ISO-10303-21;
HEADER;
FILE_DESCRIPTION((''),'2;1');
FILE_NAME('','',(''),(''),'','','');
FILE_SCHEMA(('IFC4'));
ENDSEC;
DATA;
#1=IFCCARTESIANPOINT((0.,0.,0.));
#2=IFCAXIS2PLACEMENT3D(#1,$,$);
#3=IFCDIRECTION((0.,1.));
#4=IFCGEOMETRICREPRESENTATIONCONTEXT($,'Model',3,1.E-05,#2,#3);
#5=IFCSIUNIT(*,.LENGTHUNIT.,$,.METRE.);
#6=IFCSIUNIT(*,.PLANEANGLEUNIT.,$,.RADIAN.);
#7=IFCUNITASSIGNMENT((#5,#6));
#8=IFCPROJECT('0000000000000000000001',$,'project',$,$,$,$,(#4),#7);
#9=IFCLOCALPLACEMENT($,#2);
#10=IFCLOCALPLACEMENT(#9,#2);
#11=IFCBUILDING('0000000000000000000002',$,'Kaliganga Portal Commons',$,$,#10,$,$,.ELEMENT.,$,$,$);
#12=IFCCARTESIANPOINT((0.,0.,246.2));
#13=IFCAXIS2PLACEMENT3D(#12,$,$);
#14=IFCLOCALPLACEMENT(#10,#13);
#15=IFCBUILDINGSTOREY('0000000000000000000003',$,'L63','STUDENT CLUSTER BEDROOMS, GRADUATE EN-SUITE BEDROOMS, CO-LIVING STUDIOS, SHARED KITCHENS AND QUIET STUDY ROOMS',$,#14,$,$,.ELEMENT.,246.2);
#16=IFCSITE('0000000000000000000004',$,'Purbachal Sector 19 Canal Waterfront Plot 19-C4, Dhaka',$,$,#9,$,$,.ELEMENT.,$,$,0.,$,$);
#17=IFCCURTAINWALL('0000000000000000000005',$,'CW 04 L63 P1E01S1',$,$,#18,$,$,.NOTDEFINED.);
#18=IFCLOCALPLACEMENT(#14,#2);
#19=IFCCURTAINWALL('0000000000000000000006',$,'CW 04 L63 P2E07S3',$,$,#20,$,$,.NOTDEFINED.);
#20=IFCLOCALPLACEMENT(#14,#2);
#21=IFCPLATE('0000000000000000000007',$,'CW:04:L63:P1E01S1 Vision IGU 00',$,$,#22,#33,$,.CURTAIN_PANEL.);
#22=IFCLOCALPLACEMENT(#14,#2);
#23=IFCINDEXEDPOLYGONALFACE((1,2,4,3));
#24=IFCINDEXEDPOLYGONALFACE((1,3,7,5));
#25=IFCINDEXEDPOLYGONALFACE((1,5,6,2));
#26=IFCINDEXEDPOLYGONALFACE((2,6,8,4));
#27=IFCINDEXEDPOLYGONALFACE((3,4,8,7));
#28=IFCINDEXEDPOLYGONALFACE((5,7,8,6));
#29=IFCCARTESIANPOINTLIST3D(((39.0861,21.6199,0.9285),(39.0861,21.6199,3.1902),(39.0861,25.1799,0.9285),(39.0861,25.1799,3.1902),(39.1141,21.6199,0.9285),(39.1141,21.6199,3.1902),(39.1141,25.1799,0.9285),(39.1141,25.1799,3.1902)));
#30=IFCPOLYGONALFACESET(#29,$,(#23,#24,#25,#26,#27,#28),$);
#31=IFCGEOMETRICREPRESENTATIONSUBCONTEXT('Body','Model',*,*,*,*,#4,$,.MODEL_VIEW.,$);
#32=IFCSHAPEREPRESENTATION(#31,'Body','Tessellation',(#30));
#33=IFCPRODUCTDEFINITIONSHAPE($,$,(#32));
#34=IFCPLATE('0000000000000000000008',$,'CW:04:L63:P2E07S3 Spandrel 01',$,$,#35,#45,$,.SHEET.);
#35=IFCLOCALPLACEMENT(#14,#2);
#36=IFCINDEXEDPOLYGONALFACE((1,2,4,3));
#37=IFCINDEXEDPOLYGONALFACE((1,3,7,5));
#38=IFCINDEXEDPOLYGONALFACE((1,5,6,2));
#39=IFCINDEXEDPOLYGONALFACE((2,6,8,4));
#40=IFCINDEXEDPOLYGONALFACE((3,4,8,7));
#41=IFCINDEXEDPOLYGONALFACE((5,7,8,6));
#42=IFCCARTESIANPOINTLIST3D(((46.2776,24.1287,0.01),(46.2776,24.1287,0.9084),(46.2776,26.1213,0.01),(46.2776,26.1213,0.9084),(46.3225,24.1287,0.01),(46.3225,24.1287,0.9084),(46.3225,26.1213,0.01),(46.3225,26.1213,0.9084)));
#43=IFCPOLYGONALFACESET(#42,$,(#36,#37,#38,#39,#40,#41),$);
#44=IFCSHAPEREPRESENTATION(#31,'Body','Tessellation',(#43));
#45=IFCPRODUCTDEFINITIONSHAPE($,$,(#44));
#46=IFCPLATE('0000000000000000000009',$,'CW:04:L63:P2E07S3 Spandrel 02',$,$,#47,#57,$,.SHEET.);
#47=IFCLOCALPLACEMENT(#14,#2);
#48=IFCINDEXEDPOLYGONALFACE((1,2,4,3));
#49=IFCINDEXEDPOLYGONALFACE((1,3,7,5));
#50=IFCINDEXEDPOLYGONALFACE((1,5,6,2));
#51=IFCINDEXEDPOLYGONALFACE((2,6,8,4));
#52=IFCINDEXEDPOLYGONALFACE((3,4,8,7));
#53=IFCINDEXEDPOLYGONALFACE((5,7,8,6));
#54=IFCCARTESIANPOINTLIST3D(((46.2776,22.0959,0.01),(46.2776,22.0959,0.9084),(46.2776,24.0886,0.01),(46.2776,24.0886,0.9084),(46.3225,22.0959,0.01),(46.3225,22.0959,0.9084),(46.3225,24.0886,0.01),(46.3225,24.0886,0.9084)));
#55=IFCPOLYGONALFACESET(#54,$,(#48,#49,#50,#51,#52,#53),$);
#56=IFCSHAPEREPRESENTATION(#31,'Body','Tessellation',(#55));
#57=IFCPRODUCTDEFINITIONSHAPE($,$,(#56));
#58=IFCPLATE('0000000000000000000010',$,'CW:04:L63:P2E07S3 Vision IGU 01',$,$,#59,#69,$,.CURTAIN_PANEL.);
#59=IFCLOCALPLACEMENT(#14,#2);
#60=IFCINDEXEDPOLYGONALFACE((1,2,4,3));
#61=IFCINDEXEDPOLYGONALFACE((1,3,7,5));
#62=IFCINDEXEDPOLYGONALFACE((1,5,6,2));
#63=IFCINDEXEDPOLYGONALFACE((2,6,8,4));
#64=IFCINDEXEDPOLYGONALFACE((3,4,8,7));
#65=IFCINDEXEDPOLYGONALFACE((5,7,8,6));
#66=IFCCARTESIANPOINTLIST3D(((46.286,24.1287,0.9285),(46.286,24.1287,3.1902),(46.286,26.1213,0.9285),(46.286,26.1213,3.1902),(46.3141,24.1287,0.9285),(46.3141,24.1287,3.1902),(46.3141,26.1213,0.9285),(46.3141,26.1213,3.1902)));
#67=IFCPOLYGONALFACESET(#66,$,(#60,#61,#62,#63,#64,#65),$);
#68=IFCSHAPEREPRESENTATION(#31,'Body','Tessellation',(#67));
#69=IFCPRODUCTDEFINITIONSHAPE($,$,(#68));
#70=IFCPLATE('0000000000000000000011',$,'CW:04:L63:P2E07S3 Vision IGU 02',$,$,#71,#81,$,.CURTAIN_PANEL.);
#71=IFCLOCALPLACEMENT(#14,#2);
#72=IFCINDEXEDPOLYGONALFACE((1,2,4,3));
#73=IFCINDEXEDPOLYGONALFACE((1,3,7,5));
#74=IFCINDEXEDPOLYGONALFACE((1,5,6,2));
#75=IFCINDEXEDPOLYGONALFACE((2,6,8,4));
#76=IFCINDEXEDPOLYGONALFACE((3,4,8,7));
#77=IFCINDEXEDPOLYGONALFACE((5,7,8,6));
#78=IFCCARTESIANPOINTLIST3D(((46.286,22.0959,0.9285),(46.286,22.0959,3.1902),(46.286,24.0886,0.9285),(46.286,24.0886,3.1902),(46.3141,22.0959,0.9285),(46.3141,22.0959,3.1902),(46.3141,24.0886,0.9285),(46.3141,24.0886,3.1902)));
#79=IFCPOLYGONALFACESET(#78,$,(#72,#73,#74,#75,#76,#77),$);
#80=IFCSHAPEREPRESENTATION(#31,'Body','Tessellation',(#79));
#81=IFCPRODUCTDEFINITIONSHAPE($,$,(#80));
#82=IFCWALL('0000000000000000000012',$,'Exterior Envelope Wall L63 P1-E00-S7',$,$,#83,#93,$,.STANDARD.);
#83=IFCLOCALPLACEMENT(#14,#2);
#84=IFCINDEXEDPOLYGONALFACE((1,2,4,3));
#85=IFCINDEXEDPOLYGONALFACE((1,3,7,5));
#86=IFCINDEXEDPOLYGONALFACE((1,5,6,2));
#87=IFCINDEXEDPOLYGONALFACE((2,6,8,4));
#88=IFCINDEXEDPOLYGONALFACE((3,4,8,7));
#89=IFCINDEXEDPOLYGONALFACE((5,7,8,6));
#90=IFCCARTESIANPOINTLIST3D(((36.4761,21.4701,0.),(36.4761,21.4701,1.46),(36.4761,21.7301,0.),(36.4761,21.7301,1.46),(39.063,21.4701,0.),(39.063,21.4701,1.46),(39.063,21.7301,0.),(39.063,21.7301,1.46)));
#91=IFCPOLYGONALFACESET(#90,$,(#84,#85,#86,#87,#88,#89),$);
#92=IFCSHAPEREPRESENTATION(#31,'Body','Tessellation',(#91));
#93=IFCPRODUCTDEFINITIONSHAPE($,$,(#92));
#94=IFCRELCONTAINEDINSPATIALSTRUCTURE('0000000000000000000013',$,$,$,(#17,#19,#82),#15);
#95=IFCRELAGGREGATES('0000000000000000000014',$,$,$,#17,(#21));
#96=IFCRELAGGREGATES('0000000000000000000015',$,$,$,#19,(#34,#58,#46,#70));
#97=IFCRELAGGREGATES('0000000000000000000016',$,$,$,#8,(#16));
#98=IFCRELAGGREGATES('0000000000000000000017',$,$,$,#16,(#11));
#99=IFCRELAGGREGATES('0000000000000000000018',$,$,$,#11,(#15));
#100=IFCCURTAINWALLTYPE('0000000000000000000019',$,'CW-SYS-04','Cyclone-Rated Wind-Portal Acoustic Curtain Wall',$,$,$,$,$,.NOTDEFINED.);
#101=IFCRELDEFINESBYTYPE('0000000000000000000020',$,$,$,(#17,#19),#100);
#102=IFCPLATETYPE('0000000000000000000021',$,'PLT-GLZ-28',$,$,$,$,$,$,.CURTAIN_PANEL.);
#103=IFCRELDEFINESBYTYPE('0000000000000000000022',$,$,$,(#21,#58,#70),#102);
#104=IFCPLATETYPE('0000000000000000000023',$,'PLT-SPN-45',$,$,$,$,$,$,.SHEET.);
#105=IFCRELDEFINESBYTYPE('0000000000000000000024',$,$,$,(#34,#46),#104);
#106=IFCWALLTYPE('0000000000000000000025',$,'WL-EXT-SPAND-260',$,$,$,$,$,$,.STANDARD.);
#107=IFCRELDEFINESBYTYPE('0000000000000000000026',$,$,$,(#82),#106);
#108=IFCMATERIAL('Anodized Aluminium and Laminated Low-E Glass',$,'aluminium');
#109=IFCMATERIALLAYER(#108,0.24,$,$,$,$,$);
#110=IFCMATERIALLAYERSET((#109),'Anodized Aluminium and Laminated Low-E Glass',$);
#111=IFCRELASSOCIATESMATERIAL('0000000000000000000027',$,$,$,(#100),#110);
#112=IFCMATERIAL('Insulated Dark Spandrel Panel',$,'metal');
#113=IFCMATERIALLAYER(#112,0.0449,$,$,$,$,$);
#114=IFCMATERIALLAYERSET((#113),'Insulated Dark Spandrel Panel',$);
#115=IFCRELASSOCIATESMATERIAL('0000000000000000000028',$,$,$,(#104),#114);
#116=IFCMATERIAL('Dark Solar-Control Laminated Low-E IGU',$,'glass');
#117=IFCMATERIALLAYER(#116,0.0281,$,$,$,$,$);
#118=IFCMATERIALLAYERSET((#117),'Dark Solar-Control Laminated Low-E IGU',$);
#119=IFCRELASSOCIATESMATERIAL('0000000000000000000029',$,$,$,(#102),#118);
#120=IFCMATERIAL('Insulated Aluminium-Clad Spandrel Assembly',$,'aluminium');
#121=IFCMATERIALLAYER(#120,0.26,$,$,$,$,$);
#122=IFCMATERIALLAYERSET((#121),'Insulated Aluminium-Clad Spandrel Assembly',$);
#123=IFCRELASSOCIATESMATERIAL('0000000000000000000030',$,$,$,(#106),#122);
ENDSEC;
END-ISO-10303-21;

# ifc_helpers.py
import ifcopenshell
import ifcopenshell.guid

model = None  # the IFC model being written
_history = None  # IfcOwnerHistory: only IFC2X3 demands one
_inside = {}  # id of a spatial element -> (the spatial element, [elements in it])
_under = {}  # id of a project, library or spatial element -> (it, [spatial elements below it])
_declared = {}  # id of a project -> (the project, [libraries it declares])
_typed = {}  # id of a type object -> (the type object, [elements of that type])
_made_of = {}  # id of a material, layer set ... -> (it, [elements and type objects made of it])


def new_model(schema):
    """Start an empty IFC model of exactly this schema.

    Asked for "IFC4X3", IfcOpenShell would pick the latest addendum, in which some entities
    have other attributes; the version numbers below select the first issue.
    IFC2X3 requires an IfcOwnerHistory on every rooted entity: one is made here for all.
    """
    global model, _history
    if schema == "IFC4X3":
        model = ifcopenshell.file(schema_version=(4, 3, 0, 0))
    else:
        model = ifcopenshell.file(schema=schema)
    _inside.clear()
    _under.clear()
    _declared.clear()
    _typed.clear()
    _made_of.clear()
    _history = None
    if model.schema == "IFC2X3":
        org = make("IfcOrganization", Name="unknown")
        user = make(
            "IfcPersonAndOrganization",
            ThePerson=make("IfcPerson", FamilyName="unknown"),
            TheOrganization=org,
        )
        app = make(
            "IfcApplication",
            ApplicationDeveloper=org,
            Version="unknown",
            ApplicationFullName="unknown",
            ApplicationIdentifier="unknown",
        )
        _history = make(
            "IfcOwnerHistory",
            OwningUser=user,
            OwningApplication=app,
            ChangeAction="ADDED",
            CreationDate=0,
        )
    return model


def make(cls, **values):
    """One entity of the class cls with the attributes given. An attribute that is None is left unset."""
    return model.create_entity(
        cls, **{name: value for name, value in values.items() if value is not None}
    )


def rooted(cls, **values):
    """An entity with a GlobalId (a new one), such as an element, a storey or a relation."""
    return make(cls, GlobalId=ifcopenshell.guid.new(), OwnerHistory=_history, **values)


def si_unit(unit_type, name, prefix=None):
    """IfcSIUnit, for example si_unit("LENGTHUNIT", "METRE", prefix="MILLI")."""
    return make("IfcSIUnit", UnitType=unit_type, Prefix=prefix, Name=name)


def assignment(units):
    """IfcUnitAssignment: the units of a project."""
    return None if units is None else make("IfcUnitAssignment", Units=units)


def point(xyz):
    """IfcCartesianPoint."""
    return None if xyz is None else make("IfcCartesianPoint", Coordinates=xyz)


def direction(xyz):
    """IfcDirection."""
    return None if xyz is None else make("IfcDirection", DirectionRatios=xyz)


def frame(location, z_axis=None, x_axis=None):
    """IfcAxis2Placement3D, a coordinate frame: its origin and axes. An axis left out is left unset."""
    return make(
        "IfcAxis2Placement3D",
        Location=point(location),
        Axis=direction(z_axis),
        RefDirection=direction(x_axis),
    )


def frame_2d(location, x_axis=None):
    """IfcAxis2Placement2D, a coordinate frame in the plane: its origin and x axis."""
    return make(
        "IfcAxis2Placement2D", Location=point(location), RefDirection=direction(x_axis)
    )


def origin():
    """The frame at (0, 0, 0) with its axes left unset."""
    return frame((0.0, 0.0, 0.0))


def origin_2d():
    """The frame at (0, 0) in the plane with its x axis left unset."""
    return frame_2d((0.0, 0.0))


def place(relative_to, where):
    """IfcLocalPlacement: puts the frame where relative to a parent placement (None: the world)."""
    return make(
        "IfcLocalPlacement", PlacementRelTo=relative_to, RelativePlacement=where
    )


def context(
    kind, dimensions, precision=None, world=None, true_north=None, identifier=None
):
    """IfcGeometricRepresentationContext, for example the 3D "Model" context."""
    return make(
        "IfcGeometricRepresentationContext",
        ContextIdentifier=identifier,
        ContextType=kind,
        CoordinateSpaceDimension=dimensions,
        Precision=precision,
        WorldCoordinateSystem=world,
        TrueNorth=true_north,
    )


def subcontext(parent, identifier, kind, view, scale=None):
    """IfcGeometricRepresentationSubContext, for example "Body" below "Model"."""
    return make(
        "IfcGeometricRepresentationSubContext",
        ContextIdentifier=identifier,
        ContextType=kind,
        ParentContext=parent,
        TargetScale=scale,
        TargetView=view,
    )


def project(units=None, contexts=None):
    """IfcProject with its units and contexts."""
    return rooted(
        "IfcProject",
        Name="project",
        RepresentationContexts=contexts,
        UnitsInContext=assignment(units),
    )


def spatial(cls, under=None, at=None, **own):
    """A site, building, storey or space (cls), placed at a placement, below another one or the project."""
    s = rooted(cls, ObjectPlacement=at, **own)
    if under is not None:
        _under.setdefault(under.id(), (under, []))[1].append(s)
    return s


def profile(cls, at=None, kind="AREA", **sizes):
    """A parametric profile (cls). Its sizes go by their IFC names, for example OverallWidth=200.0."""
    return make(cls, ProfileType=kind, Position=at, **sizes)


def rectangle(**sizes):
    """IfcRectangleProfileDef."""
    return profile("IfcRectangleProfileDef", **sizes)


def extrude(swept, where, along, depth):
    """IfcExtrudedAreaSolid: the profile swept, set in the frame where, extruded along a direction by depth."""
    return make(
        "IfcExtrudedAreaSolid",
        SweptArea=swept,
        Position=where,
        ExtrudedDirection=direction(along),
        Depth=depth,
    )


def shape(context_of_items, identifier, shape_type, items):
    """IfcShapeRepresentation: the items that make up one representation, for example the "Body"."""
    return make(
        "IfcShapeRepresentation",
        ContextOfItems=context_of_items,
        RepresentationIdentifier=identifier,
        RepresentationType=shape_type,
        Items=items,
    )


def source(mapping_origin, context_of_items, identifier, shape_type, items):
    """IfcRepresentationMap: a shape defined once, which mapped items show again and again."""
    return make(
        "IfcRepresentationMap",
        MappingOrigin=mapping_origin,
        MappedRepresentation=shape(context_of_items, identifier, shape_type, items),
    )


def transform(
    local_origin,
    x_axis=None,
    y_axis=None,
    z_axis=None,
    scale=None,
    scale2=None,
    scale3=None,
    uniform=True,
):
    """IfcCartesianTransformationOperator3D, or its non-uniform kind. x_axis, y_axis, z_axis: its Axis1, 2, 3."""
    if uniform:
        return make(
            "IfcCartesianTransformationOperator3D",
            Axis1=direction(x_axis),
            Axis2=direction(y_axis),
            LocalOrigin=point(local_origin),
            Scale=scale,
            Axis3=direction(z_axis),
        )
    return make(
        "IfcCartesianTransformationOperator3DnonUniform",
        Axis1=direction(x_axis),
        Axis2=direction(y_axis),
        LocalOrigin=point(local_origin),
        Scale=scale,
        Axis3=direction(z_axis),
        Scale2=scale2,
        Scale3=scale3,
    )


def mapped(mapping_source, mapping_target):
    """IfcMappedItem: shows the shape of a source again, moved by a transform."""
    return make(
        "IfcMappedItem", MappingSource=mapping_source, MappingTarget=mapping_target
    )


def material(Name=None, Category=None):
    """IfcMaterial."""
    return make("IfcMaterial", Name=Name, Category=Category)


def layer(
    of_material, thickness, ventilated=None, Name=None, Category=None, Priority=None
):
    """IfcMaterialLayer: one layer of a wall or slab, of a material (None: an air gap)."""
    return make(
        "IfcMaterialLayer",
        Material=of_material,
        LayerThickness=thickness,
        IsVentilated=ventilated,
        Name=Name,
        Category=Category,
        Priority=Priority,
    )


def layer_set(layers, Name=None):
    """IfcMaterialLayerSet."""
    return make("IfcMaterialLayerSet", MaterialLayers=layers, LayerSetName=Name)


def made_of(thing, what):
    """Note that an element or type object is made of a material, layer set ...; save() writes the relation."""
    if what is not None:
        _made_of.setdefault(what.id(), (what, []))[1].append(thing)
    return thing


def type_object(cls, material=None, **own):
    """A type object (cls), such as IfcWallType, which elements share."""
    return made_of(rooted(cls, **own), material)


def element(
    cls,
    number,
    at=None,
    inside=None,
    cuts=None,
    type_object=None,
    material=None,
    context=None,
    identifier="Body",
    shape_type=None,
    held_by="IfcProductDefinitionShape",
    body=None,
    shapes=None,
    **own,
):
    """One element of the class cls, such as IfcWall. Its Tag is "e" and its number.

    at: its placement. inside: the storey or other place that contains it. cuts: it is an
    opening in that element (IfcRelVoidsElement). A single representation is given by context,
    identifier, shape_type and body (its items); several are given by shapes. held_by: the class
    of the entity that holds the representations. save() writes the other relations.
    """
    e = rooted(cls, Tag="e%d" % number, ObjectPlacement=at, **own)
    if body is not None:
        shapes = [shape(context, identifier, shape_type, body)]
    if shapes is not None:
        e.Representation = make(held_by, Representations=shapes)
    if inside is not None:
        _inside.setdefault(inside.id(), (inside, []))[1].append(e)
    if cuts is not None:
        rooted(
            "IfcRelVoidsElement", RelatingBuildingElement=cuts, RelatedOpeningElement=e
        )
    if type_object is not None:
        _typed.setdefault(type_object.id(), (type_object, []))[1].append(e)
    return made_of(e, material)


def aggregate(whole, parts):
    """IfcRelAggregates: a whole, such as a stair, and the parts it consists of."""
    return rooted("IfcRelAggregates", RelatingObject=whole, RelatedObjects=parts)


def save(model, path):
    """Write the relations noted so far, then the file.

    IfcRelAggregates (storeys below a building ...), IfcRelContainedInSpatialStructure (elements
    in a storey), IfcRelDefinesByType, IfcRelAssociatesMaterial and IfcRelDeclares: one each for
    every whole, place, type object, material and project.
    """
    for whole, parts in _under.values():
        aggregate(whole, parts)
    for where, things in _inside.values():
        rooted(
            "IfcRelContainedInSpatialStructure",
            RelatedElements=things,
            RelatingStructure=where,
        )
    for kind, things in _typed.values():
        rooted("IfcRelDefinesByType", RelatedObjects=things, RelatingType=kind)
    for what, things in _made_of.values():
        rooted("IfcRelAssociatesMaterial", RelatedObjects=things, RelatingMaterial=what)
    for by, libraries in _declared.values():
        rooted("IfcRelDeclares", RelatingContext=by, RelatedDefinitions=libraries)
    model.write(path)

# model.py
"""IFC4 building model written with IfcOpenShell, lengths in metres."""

from ifc_helpers import new_model, si_unit, direction, frame, frame_2d, origin, origin_2d, place, context, subcontext, project, spatial, rectangle, extrude, source, transform, mapped, material, layer, layer_set, type_object, element, aggregate, save


model = new_model("IFC4")

# Units and contexts
model_context = context("Model", 3, precision=1e-05, world=origin(), true_north=direction((0.0, 1.0)))
body_context = subcontext(model_context, "Body", "Model", "MODEL_VIEW")
ifc_project = project(units=[si_unit("LENGTHUNIT", "METRE"), si_unit("PLANEANGLEUNIT", "RADIAN")], contexts=[model_context])

# Site, building, storey
site_placement = place(None, origin())
site = spatial("IfcSite", under=ifc_project, at=site_placement, Name="Purbachal Sector 19 Canal Waterfront Plot 19-C4, Dhaka", CompositionType="ELEMENT", RefElevation=0.0)
building_placement = place(site_placement, origin())
building = spatial("IfcBuilding", under=site, at=building_placement, Name="Kaliganga Portal Commons", CompositionType="ELEMENT")
storey_placement = place(building_placement, frame((0.0, 0.0, 246.2)))
storey = spatial("IfcBuildingStorey", under=building, at=storey_placement, Name="L63", Description="STUDENT CLUSTER BEDROOMS, GRADUATE EN-SUITE BEDROOMS, CO-LIVING STUDIOS, SHARED KITCHENS AND QUIET STUDY ROOMS", CompositionType="ELEMENT", Elevation=246.2)

# Curtain wall
ifc_material_1 = material(Name="Anodized Aluminium and Laminated Low-E Glass", Category="aluminium")
ifc_layer_1 = layer(ifc_material_1, 0.24)
ifc_layer_set_1 = layer_set([ifc_layer_1], Name="Anodized Aluminium and Laminated Low-E Glass")
curtain_wall_type = type_object("IfcCurtainWallType", Name="CW-SYS-04", Description="Cyclone-Rated Wind-Portal Acoustic Curtain Wall", PredefinedType="NOTDEFINED", material=ifc_layer_set_1)
curtain_wall_1_placement = place(storey_placement, origin())
curtain_wall_1 = element("IfcCurtainWall", 1, at=curtain_wall_1_placement, inside=storey, type_object=curtain_wall_type, Name="CW 04 L63 P1E01S1", PredefinedType="NOTDEFINED")

# Curtain wall
curtain_wall_2_placement = place(storey_placement, origin())
curtain_wall_2 = element("IfcCurtainWall", 2, at=curtain_wall_2_placement, inside=storey, type_object=curtain_wall_type, Name="CW 04 L63 P2E07S3", PredefinedType="NOTDEFINED")

# Plates
ifc_material_2 = material(Name="Insulated Dark Spandrel Panel", Category="metal")
ifc_layer_2 = layer(ifc_material_2, 0.0449)
ifc_layer_set_2 = layer_set([ifc_layer_2], Name="Insulated Dark Spandrel Panel")
plate_type_1 = type_object("IfcPlateType", Name="PLT-SPN-45", PredefinedType="SHEET", material=ifc_layer_set_2)
ifc_material_3 = material(Name="Dark Solar-Control Laminated Low-E IGU", Category="glass")
ifc_layer_3 = layer(ifc_material_3, 0.0281)
ifc_layer_set_3 = layer_set([ifc_layer_3], Name="Dark Solar-Control Laminated Low-E IGU")
plate_type_2 = type_object("IfcPlateType", Name="PLT-GLZ-28", PredefinedType="CURTAIN_PANEL", material=ifc_layer_set_3)
shared_shape_1 = source(origin(), body_context, "Body", "SweptSolid", [
    extrude(rectangle(XDim=3.5601, YDim=0.0281, at=origin_2d()), origin(), (0.0, 0.0, 1.0), 2.2617),
])
plate_1_placement = place(storey_placement, frame((39.1001, 23.3999, 0.9285), z_axis=(0.0, 0.0, 1.0), x_axis=(0.0, 1.0, 0.0)))
plate_1 = element("IfcPlate", 3, at=plate_1_placement, type_object=plate_type_2, Name="CW:04:L63:P1E01S1 Vision IGU 00", PredefinedType="CURTAIN_PANEL", context=body_context, shape_type="MappedRepresentation", body=[
    mapped(shared_shape_1, transform((0.0, 0.0, 0.0), x_axis=(1.0, 0.0, 0.0), y_axis=(0.0, 1.0, 0.0), z_axis=(0.0, 0.0, 1.0), scale=1.0)),
])
aggregate(curtain_wall_1, [plate_1])
shared_shape_2 = source(origin(), body_context, "Body", "SweptSolid", [
    extrude(rectangle(XDim=1.9927, YDim=0.0449, at=origin_2d()), origin(), (0.0, 0.0, 1.0), 0.8984),
])
plate_2_placement = place(storey_placement, frame((46.3, 25.125, 0.01), z_axis=(0.0, 0.0, 1.0), x_axis=(0.0, -1.0, 0.0)))
plate_2 = element("IfcPlate", 4, at=plate_2_placement, type_object=plate_type_1, Name="CW:04:L63:P2E07S3 Spandrel 01", PredefinedType="SHEET", context=body_context, shape_type="MappedRepresentation", body=[
    mapped(shared_shape_2, transform((0.0, 0.0, 0.0), x_axis=(1.0, 0.0, 0.0), y_axis=(0.0, 1.0, 0.0), z_axis=(0.0, 0.0, 1.0), scale=1.0)),
])
plate_3_placement = place(storey_placement, frame((46.3, 23.0923, 0.01), z_axis=(0.0, 0.0, 1.0), x_axis=(0.0, -1.0, 0.0)))
plate_3 = element("IfcPlate", 5, at=plate_3_placement, type_object=plate_type_1, Name="CW:04:L63:P2E07S3 Spandrel 02", PredefinedType="SHEET", context=body_context, shape_type="MappedRepresentation", body=[
    mapped(shared_shape_2, transform((0.0, 0.0, 0.0), x_axis=(1.0, 0.0, 0.0), y_axis=(0.0, 1.0, 0.0), z_axis=(0.0, 0.0, 1.0), scale=1.0)),
])
shared_shape_3 = source(origin(), body_context, "Body", "SweptSolid", [
    extrude(rectangle(XDim=1.9927, YDim=0.0281, at=origin_2d()), origin(), (0.0, 0.0, 1.0), 2.2617),
])
plate_4_placement = place(storey_placement, frame((46.3, 25.125, 0.9285), z_axis=(0.0, 0.0, 1.0), x_axis=(0.0, -1.0, 0.0)))
plate_4 = element("IfcPlate", 6, at=plate_4_placement, type_object=plate_type_2, Name="CW:04:L63:P2E07S3 Vision IGU 01", PredefinedType="CURTAIN_PANEL", context=body_context, shape_type="MappedRepresentation", body=[
    mapped(shared_shape_3, transform((0.0, 0.0, 0.0), x_axis=(1.0, 0.0, 0.0), y_axis=(0.0, 1.0, 0.0), z_axis=(0.0, 0.0, 1.0), scale=1.0)),
])
plate_5_placement = place(storey_placement, frame((46.3, 23.0923, 0.9285), z_axis=(0.0, 0.0, 1.0), x_axis=(0.0, -1.0, 0.0)))
plate_5 = element("IfcPlate", 7, at=plate_5_placement, type_object=plate_type_2, Name="CW:04:L63:P2E07S3 Vision IGU 02", PredefinedType="CURTAIN_PANEL", context=body_context, shape_type="MappedRepresentation", body=[
    mapped(shared_shape_3, transform((0.0, 0.0, 0.0), x_axis=(1.0, 0.0, 0.0), y_axis=(0.0, 1.0, 0.0), z_axis=(0.0, 0.0, 1.0), scale=1.0)),
])
aggregate(curtain_wall_2, [plate_2, plate_4, plate_3, plate_5])

# Wall
ifc_material_4 = material(Name="Insulated Aluminium-Clad Spandrel Assembly", Category="aluminium")
ifc_layer_4 = layer(ifc_material_4, 0.26)
ifc_layer_set_4 = layer_set([ifc_layer_4], Name="Insulated Aluminium-Clad Spandrel Assembly")
wall_type = type_object("IfcWallType", Name="WL-EXT-SPAND-260", PredefinedType="STANDARD", material=ifc_layer_set_4)
wall_placement = place(storey_placement, frame((39.063, 21.6001, 0.0), z_axis=(0.0, 0.0, 1.0), x_axis=(-1.0, 0.0, 0.0)))
element("IfcWall", 8, at=wall_placement, inside=storey, type_object=wall_type, Name="Exterior Envelope Wall L63 P1-E00-S7", PredefinedType="STANDARD", context=body_context, shape_type="SweptSolid", body=[
    extrude(rectangle(XDim=2.5869, YDim=0.26, at=frame_2d((1.2935, 0.0))), origin(), (0.0, 0.0, 1.0), 1.46),
])

save(model, "model.ifc")
